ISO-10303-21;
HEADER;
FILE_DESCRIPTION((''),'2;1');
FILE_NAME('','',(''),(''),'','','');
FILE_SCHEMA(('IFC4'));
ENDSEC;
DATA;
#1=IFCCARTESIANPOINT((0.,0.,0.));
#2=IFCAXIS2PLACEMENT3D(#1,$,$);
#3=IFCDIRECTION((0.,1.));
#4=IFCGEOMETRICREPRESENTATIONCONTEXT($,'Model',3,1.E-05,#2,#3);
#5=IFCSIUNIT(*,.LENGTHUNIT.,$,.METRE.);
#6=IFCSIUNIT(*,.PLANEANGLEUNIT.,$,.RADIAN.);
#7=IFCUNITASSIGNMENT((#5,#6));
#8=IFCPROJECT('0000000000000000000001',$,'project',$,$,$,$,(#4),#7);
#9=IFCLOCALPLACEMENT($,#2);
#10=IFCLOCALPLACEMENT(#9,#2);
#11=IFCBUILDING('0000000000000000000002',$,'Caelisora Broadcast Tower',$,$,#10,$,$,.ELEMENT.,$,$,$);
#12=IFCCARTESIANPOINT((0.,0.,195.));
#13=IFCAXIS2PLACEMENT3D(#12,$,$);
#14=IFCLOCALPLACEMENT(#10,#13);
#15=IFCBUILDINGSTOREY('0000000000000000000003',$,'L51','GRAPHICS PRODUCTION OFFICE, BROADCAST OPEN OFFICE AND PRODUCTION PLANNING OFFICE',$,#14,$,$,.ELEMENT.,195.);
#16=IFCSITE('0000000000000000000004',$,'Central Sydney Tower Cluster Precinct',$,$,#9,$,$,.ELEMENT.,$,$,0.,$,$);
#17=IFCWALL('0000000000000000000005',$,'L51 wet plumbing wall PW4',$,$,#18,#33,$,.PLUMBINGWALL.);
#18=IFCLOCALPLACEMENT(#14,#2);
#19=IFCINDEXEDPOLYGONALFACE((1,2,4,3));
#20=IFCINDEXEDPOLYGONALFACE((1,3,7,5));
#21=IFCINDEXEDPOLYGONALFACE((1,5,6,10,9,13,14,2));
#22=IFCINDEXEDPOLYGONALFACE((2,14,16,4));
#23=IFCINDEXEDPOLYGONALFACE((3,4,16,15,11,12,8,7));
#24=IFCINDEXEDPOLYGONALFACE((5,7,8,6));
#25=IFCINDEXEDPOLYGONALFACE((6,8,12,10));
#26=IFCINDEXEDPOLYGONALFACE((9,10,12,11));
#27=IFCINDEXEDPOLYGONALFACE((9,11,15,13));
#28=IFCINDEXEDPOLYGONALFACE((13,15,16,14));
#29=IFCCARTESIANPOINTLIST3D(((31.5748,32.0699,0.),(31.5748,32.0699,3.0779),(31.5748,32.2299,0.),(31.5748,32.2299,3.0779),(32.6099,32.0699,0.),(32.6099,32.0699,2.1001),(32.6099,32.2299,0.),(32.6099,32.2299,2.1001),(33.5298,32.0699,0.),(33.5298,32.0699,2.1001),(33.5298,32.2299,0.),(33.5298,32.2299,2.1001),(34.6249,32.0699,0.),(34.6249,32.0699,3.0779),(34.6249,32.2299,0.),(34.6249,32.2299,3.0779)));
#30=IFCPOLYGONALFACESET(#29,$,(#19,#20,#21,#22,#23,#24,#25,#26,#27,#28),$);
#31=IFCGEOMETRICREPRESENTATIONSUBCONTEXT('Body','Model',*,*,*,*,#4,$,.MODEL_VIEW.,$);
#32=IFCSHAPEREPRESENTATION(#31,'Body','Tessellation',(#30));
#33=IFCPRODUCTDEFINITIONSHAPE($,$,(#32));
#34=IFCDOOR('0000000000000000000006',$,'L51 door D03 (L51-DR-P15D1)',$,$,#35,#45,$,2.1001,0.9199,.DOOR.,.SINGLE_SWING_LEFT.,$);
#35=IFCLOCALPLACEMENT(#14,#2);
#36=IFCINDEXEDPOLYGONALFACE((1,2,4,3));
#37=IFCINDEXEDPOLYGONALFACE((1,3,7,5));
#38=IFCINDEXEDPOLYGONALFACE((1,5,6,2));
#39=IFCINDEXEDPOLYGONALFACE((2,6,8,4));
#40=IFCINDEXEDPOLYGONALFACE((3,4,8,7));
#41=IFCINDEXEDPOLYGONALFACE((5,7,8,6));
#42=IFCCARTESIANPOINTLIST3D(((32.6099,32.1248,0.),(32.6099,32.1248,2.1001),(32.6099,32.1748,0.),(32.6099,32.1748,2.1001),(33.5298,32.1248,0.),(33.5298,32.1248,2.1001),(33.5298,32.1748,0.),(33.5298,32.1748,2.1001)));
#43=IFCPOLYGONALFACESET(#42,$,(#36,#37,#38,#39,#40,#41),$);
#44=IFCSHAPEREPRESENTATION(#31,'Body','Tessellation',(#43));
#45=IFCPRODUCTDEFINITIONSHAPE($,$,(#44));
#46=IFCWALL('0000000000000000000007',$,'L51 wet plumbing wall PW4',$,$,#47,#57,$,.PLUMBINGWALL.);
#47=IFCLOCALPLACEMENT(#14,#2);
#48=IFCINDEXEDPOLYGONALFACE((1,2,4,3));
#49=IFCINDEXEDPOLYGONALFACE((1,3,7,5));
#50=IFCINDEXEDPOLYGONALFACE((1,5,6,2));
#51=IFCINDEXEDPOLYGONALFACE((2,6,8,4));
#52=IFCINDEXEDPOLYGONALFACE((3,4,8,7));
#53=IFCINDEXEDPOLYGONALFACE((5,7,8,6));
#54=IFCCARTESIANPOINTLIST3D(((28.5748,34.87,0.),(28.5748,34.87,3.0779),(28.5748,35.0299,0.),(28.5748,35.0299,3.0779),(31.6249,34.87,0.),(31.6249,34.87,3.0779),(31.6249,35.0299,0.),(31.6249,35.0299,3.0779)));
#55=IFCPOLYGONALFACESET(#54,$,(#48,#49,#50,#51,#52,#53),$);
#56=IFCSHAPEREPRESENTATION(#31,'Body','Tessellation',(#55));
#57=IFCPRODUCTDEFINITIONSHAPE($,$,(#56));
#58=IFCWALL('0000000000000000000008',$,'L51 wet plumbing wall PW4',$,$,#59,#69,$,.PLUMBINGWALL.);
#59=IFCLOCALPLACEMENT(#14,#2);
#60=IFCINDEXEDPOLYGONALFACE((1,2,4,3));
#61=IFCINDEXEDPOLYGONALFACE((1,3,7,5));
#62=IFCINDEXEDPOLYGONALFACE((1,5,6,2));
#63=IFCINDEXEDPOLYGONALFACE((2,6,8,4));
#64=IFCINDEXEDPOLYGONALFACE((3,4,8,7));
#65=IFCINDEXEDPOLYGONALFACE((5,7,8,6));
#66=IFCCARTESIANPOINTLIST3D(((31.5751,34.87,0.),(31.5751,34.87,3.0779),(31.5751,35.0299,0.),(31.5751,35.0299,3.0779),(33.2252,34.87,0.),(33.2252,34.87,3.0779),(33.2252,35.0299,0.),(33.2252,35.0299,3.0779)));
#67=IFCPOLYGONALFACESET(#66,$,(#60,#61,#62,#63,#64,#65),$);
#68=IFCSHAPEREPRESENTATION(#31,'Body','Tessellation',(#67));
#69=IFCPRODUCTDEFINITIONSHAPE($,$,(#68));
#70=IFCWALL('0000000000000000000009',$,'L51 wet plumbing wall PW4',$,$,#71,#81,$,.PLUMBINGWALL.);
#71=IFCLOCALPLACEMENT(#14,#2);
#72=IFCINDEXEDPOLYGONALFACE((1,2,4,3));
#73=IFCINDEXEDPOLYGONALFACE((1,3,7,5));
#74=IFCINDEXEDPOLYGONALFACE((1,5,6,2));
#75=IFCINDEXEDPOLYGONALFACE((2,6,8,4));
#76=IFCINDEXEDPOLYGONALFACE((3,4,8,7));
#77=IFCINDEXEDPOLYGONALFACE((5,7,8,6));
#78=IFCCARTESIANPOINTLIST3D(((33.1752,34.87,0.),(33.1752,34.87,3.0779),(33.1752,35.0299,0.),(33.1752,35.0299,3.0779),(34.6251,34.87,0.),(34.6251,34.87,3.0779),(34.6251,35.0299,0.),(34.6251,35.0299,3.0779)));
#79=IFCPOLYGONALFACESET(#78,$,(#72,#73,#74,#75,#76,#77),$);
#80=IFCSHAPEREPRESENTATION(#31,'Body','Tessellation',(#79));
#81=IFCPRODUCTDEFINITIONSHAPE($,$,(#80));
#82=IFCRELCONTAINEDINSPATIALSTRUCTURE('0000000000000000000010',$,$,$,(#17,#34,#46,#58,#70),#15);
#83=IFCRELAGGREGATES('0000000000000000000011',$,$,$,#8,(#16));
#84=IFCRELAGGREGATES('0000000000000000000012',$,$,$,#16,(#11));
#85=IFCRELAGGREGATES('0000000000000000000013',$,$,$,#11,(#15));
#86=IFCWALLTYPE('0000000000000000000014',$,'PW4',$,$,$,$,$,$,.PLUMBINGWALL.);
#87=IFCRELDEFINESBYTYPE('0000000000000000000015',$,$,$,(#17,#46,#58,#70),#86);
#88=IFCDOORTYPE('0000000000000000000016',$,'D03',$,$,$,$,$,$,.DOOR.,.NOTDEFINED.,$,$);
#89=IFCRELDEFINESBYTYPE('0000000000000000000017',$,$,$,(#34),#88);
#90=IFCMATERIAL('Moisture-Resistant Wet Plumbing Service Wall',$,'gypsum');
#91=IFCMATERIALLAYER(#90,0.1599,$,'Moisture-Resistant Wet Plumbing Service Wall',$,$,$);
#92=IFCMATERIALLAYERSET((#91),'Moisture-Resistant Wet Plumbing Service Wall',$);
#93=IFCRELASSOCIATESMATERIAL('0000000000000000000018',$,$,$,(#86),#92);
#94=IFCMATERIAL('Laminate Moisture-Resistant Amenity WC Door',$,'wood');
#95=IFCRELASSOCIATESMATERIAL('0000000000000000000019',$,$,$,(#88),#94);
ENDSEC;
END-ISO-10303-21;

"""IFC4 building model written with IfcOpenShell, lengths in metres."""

from ifc_helpers import new_model, si_unit, direction, frame, frame_2d, origin, place, context, subcontext, project, spatial, rectangle, extrude, material, layer, layer_set, type_object, element, fill, save


model = new_model("IFC4")

# Units and contexts
model_context = context("Model", 3, precision=1e-05, world=origin(), true_north=direction((0.0, 1.0)))
body_context = subcontext(model_context, "Body", "Model", "MODEL_VIEW")
ifc_project = project(units=[si_unit("LENGTHUNIT", "METRE"), si_unit("PLANEANGLEUNIT", "RADIAN")], contexts=[model_context])

# Site, building, storey
site_placement = place(None, origin())
site = spatial("IfcSite", under=ifc_project, at=site_placement, Name="Central Sydney Tower Cluster Precinct", CompositionType="ELEMENT", RefElevation=0.0)
building_placement = place(site_placement, origin())
building = spatial("IfcBuilding", under=site, at=building_placement, Name="Caelisora Broadcast Tower", CompositionType="ELEMENT")
storey_placement = place(building_placement, frame((0.0, 0.0, 195.0)))
storey = spatial("IfcBuildingStorey", under=building, at=storey_placement, Name="L51", Description="GRAPHICS PRODUCTION OFFICE, BROADCAST OPEN OFFICE AND PRODUCTION PLANNING OFFICE", CompositionType="ELEMENT", Elevation=195.0)

# Wall, opening, door
ifc_material_1 = material(Name="Moisture-Resistant Wet Plumbing Service Wall", Category="gypsum")
ifc_layer_1 = layer(ifc_material_1, 0.1599, Name="Moisture-Resistant Wet Plumbing Service Wall")
ifc_layer_set_1 = layer_set([ifc_layer_1], Name="Moisture-Resistant Wet Plumbing Service Wall")
wall_type_1 = type_object("IfcWallType", Name="PW4", PredefinedType="PLUMBINGWALL", material=ifc_layer_set_1)
wall_1_placement = place(storey_placement, frame((31.575, 32.1499, 0.0), z_axis=(0.0, 0.0, 1.0), x_axis=(1.0, 0.0, 0.0)))
wall_1 = element("IfcWall", 1, at=wall_1_placement, inside=storey, type_object=wall_type_1, Name="L51 wet plumbing wall PW4", PredefinedType="PLUMBINGWALL", context=body_context, shape_type="SweptSolid", body=[
    extrude(rectangle(XDim=3.05, YDim=0.1599, at=frame_2d((1.5249, 0.0))), origin(), (0.0, 0.0, 1.0), 3.0779),
])
opening_placement = place(wall_1_placement, frame((1.0349, 0.0, 0.0)))
opening = element("IfcOpeningElement", 2, at=opening_placement, cuts=wall_1, PredefinedType="OPENING", context=body_context, shape_type="SweptSolid", body=[
    extrude(rectangle(XDim=0.9199, YDim=2.1001, at=frame_2d((0.46, 1.05))), frame((0.0, 0.092, 0.0), z_axis=(0.0, -1.0, 0.0), x_axis=(1.0, 0.0, 0.0)), (0.0, 0.0, 1.0), 0.1838),
])
ifc_material_2 = material(Name="Laminate Moisture-Resistant Amenity WC Door", Category="wood")
door_type = type_object("IfcDoorType", Name="D03", OperationType="NOTDEFINED", PredefinedType="DOOR", material=ifc_material_2)
door_placement = place(opening_placement, origin())
door = element("IfcDoor", 3, at=door_placement, inside=storey, type_object=door_type, Name="L51 door D03 (L51-DR-P15D1)", OperationType="SINGLE_SWING_LEFT", OverallHeight=2.1001, OverallWidth=0.9199, PredefinedType="DOOR", context=body_context, shape_type="SweptSolid", body=[
    extrude(rectangle(XDim=0.9199, YDim=2.1001, at=frame_2d((0.46, 1.05))), frame((0.0, 0.0249, 0.0), z_axis=(0.0, -1.0, 0.0), x_axis=(1.0, 0.0, 0.0)), (0.0, 0.0, 1.0), 0.05),
])
fill(opening, door)

# Walls
wall_2_placement = place(storey_placement, frame((28.575, 34.95, 0.0), z_axis=(0.0, 0.0, 1.0), x_axis=(1.0, 0.0, 0.0)))
element("IfcWall", 4, at=wall_2_placement, inside=storey, type_object=wall_type_1, Name="L51 wet plumbing wall PW4", PredefinedType="PLUMBINGWALL", context=body_context, shape_type="SweptSolid", body=[
    extrude(rectangle(XDim=3.05, YDim=0.1599, at=frame_2d((1.5249, 0.0))), origin(), (0.0, 0.0, 1.0), 3.0779),
])
wall_3_placement = place(storey_placement, frame((31.575, 34.95, 0.0), z_axis=(0.0, 0.0, 1.0), x_axis=(1.0, 0.0, 0.0)))
element("IfcWall", 5, at=wall_3_placement, inside=storey, type_object=wall_type_1, Name="L51 wet plumbing wall PW4", PredefinedType="PLUMBINGWALL", context=body_context, shape_type="SweptSolid", body=[
    extrude(rectangle(XDim=1.6501, YDim=0.1599, at=frame_2d((0.8252, 0.0))), origin(), (0.0, 0.0, 1.0), 3.0779),
])
wall_4_placement = place(storey_placement, frame((33.175, 34.95, 0.0), z_axis=(0.0, 0.0, 1.0), x_axis=(1.0, 0.0, 0.0)))
element("IfcWall", 6, at=wall_4_placement, inside=storey, type_object=wall_type_1, Name="L51 wet plumbing wall PW4", PredefinedType="PLUMBINGWALL", context=body_context, shape_type="SweptSolid", body=[
    extrude(rectangle(XDim=1.45, YDim=0.1599, at=frame_2d((0.7251, 0.0))), origin(), (0.0, 0.0, 1.0), 3.0779),
])

save(model, "model.ifc")
